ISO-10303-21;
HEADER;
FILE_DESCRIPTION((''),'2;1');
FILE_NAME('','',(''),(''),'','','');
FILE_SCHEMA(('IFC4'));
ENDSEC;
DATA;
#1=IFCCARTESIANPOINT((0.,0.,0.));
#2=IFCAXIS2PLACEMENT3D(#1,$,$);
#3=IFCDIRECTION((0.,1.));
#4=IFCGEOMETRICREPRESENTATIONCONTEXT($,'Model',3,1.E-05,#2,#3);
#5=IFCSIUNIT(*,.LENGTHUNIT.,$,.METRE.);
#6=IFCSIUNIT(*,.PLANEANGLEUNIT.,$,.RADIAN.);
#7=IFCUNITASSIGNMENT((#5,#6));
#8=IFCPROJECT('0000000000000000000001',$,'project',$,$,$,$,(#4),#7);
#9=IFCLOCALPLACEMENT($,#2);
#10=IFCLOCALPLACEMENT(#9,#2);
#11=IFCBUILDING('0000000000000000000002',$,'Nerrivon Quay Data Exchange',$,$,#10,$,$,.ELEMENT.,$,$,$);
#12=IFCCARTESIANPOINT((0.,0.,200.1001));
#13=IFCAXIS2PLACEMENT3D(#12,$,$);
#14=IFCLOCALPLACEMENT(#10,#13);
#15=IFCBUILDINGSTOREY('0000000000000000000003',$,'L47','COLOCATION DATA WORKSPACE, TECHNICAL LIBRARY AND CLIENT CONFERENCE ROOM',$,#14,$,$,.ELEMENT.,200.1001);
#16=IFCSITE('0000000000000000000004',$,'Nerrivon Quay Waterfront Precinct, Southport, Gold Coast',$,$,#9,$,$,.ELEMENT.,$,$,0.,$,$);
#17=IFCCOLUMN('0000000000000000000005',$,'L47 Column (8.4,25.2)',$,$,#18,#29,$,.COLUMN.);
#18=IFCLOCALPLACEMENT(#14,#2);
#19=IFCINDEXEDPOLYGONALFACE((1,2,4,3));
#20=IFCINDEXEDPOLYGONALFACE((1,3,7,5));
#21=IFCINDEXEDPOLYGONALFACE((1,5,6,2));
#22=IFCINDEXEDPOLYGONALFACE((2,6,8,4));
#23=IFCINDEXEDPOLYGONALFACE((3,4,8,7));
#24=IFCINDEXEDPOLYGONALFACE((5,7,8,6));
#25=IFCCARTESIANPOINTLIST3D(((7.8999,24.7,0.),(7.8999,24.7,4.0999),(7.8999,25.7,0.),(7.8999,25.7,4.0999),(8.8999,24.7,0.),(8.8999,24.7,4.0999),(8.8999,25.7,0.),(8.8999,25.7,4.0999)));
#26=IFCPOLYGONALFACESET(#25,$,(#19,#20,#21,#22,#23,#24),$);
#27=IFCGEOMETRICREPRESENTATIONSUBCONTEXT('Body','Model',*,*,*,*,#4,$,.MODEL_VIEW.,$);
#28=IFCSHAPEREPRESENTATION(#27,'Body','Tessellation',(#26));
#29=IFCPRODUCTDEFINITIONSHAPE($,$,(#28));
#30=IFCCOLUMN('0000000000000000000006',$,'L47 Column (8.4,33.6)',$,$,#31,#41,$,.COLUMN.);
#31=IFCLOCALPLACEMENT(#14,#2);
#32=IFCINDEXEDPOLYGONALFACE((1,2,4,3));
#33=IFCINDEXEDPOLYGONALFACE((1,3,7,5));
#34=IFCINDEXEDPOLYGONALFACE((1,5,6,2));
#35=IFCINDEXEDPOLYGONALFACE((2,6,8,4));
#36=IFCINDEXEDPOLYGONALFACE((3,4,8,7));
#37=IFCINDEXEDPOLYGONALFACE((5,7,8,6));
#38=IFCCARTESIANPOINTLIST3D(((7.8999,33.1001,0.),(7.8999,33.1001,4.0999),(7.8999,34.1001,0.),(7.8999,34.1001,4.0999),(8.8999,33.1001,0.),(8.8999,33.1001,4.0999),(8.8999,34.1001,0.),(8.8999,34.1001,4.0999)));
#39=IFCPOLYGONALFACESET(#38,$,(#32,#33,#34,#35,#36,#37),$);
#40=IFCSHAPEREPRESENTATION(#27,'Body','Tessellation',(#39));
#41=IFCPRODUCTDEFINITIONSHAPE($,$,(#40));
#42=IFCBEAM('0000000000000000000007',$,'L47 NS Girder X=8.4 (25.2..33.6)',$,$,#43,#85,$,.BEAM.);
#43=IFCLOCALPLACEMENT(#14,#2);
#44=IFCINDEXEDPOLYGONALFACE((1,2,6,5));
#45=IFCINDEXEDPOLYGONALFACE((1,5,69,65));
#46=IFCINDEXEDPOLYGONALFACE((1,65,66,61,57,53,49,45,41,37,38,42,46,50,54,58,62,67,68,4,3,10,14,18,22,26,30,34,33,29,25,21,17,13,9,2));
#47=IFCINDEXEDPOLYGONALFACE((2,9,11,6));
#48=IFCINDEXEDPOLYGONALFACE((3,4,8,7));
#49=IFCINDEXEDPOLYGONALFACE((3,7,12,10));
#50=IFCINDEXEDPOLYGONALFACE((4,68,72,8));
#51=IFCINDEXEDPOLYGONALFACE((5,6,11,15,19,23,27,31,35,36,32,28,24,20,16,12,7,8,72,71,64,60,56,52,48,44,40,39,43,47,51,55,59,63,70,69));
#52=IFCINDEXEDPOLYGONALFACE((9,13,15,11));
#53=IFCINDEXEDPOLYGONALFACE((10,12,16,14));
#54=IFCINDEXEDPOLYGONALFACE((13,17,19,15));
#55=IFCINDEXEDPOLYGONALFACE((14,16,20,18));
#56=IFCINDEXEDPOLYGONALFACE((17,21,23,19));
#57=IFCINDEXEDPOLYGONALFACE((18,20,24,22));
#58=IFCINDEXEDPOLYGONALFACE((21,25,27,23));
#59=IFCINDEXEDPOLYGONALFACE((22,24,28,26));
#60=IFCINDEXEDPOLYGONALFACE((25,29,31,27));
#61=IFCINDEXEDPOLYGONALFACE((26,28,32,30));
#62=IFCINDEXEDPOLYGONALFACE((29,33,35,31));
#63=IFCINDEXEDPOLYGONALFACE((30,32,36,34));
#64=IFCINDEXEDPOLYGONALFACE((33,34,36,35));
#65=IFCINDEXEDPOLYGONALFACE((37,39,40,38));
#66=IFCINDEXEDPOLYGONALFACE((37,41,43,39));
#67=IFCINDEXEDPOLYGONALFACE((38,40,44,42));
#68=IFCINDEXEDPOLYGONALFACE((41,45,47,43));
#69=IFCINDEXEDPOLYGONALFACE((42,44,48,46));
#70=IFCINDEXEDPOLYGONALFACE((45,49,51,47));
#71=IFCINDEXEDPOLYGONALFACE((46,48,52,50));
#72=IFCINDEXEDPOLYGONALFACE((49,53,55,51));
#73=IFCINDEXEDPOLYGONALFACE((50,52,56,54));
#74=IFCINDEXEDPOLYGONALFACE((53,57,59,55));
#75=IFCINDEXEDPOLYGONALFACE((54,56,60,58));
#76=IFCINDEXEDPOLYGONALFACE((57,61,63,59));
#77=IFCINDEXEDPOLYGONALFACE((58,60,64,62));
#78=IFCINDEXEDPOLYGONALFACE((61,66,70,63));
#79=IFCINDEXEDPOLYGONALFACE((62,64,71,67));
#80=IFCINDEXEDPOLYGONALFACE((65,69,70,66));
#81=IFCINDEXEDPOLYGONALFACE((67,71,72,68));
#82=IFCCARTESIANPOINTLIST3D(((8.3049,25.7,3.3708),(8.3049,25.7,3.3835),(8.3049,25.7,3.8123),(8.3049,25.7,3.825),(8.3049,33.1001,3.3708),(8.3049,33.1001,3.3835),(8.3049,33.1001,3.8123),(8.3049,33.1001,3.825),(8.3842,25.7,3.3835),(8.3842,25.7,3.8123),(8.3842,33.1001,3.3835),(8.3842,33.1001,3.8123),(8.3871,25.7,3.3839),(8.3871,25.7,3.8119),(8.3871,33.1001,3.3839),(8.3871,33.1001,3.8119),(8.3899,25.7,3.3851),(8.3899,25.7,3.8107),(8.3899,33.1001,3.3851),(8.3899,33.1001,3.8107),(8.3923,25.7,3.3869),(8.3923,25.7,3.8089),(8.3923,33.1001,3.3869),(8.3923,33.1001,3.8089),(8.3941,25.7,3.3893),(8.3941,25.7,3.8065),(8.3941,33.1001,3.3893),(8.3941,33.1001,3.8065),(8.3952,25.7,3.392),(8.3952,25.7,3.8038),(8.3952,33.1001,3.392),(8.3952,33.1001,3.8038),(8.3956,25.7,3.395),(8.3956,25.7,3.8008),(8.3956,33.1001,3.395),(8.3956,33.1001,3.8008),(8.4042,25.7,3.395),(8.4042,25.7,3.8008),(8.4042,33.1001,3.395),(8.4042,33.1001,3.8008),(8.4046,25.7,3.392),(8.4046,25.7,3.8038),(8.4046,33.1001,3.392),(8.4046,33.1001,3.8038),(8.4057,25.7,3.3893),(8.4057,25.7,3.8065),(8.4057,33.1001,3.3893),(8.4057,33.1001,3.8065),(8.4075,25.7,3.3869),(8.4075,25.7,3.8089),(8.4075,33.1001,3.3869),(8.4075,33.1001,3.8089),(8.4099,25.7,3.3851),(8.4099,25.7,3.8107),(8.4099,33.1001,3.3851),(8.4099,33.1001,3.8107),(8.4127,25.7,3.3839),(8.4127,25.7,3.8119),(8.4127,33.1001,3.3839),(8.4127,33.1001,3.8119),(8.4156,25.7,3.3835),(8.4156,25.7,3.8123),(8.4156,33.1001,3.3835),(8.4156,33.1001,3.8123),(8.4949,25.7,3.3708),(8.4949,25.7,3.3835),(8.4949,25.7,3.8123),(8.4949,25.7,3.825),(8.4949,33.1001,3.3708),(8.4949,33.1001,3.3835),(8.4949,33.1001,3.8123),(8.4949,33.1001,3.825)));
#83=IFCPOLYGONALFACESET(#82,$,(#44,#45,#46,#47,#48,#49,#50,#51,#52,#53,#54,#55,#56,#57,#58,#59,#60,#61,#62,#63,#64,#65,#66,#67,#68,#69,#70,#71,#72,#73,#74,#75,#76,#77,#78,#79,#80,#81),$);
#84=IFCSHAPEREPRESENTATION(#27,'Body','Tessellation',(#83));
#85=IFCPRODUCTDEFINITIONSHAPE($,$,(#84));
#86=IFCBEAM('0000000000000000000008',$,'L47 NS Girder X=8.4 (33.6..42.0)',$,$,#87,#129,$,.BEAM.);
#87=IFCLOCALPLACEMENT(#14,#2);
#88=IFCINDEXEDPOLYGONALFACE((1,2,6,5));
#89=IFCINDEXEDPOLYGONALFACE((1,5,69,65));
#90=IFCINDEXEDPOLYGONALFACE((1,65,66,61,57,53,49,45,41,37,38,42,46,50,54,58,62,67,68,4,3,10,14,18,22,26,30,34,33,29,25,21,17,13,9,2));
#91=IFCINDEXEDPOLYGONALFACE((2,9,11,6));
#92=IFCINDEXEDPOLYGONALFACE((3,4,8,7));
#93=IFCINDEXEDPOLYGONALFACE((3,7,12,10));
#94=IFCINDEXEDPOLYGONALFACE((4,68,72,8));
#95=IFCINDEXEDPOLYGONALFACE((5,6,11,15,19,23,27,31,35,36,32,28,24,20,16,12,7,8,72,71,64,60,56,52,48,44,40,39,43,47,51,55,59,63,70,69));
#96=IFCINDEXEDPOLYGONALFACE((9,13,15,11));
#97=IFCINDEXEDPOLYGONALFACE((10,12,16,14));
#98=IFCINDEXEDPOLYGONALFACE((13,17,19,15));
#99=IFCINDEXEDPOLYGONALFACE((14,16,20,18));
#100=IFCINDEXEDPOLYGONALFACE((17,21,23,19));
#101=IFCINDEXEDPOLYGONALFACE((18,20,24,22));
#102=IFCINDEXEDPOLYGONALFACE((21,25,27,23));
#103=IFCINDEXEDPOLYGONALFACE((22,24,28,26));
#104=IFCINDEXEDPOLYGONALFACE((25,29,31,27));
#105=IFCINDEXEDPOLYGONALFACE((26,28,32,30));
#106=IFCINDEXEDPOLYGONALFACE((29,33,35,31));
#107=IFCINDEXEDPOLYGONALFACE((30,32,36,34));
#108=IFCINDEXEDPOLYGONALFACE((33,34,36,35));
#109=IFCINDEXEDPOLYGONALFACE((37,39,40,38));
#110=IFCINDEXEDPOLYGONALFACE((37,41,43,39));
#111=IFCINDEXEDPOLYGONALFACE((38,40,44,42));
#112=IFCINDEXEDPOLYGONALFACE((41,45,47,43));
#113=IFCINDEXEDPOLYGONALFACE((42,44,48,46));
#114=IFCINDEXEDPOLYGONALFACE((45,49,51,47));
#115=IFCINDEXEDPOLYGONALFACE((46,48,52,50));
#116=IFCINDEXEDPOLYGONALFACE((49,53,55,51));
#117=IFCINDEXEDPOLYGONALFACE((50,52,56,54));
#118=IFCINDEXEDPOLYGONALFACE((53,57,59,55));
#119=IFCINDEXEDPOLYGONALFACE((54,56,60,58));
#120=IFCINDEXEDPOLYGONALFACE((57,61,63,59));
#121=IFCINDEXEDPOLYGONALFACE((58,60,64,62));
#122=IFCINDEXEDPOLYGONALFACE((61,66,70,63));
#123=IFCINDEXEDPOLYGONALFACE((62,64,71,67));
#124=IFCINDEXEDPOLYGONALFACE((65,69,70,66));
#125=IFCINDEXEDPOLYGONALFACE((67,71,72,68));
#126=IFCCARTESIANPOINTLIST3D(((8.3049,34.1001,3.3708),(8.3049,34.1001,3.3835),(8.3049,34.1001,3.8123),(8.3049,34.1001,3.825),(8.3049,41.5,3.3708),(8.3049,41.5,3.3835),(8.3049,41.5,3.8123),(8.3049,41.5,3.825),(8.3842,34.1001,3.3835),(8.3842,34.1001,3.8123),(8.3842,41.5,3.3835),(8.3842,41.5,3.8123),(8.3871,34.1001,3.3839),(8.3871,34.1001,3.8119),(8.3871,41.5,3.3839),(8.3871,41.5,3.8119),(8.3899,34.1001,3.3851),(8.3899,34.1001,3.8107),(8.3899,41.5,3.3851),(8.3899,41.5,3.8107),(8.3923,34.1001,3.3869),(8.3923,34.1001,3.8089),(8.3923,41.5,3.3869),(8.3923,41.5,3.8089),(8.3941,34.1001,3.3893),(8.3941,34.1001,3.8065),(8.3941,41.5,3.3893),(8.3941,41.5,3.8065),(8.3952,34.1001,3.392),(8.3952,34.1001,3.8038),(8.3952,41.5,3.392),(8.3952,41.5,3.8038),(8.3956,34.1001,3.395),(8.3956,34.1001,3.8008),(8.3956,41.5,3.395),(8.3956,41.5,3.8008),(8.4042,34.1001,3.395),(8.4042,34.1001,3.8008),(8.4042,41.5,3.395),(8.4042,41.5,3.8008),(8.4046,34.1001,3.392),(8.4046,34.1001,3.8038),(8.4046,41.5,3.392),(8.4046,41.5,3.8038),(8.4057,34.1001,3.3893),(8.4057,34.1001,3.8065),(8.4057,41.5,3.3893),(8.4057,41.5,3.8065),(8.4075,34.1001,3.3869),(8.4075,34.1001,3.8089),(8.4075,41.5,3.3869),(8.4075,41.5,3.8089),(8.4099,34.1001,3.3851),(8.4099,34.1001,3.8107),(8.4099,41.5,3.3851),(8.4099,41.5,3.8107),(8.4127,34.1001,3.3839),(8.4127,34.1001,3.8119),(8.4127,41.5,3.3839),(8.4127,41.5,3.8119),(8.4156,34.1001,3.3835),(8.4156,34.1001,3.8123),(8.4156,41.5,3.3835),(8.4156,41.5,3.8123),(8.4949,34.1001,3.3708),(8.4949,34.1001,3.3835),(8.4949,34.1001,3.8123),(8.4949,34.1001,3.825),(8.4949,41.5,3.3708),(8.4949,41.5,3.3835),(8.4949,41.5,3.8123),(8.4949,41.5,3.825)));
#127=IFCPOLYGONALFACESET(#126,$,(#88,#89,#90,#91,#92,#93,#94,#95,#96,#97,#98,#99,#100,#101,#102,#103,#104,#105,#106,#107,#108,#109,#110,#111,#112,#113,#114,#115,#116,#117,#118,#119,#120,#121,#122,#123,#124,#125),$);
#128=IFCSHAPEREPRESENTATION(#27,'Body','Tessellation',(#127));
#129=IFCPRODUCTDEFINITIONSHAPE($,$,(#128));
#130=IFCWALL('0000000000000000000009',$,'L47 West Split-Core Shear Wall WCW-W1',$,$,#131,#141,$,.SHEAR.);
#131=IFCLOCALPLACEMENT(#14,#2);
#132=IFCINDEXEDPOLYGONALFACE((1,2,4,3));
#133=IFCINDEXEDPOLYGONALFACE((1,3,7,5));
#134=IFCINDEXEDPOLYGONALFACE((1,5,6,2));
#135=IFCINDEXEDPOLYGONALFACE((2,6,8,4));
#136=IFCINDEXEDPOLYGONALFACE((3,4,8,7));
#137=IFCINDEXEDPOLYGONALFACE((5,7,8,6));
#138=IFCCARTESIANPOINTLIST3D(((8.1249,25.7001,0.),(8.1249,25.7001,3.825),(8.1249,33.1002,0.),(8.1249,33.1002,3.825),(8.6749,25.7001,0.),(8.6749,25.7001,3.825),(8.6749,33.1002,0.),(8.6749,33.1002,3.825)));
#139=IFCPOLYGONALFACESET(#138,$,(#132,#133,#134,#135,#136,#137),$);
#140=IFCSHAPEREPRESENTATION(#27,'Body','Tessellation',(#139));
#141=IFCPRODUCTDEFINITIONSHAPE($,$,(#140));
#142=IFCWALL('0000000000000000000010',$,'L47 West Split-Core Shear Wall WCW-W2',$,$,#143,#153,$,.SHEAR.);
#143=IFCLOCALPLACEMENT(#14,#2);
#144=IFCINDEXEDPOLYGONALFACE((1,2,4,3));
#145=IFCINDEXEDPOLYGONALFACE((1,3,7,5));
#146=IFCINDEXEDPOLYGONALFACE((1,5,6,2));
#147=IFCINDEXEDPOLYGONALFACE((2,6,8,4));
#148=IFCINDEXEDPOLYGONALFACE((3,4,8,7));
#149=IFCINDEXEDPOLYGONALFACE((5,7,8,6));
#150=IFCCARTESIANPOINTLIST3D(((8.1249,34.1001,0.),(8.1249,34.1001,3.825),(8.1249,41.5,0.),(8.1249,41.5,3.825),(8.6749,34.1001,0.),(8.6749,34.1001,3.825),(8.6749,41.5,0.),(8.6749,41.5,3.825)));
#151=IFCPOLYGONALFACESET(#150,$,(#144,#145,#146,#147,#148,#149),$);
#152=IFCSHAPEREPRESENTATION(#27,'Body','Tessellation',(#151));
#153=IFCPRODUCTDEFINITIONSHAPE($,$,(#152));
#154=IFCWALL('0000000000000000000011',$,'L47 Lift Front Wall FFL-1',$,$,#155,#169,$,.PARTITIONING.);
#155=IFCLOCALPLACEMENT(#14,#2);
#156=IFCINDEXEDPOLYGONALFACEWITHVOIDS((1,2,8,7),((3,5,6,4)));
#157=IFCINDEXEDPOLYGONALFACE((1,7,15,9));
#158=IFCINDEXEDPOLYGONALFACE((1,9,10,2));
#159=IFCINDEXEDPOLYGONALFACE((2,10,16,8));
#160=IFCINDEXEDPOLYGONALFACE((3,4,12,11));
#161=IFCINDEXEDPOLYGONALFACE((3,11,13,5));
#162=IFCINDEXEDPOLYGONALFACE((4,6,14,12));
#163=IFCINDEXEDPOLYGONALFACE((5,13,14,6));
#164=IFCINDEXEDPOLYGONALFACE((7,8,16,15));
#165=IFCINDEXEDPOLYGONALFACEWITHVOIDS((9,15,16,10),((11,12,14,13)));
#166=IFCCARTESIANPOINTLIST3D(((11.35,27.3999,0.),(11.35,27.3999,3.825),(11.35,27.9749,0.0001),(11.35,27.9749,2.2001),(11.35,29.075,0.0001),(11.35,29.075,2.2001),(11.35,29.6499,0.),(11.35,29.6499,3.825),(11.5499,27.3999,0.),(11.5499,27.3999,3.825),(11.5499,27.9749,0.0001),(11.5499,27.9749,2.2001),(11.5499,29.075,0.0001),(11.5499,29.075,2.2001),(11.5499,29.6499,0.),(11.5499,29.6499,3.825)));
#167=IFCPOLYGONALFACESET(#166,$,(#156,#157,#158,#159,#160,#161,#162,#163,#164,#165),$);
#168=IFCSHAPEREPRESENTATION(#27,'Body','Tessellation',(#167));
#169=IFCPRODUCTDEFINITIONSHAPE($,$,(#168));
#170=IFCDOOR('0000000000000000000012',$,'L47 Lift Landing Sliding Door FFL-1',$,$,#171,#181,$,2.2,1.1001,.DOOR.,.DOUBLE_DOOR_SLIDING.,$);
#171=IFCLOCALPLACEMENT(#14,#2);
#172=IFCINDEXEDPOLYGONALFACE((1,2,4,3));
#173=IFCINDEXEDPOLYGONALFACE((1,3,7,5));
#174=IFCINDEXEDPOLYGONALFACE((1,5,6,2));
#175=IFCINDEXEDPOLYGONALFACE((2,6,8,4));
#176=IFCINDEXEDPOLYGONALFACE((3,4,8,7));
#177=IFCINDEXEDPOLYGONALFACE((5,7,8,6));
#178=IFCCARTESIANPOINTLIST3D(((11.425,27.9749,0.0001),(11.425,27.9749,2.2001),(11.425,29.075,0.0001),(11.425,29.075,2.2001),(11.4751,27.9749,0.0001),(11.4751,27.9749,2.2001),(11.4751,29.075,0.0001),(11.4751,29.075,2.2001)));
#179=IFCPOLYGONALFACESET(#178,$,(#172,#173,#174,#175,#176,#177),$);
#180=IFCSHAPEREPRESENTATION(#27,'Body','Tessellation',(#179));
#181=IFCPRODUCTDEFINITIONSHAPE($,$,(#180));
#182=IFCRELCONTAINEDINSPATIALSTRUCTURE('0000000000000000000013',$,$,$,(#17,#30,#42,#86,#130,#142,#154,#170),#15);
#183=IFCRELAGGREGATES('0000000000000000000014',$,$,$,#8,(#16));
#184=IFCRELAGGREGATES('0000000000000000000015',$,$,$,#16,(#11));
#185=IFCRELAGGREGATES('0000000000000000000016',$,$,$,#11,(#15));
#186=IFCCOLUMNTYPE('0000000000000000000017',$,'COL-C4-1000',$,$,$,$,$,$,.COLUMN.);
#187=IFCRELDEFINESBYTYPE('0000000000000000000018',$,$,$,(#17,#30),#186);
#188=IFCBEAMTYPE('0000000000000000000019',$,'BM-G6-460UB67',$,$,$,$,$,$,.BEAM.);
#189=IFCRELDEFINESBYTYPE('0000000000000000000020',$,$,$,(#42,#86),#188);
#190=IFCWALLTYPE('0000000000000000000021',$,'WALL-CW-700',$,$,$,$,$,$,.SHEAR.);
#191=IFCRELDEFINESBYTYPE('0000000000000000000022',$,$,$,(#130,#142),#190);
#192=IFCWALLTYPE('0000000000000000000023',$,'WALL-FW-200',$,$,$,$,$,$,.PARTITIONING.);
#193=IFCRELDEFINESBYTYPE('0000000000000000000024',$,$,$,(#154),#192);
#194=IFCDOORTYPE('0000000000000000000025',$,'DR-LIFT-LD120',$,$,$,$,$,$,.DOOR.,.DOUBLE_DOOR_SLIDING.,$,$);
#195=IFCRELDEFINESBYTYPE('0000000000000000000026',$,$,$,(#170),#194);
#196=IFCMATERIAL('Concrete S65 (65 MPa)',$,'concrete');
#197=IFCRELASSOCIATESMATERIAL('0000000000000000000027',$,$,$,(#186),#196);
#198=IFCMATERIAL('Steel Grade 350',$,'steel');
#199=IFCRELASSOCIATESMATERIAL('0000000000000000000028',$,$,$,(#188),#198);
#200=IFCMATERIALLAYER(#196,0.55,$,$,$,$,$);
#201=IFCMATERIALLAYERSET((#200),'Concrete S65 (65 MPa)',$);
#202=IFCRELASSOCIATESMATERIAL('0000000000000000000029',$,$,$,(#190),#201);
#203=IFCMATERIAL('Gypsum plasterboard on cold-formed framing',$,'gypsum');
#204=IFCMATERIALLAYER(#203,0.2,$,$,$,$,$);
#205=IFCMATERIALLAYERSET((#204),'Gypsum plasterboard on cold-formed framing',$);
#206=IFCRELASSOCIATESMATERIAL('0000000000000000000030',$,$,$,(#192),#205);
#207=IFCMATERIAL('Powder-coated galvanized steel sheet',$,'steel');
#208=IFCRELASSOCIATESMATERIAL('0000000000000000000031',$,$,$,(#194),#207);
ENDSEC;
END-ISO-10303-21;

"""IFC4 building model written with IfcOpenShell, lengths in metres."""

from ifc_helpers import new_model, si_unit, direction, frame, frame_2d, origin, origin_2d, place, context, subcontext, project, spatial, rectangle, i_section, extrude, material, layer, layer_set, material_profile, profile_set, type_object, element, fill, save


model = new_model("IFC4")

# Units and contexts
model_context = context("Model", 3, precision=1e-05, world=origin(), true_north=direction((0.0, 1.0)))
body_context = subcontext(model_context, "Body", "Model", "MODEL_VIEW")
ifc_project = project(units=[si_unit("LENGTHUNIT", "METRE"), si_unit("PLANEANGLEUNIT", "RADIAN")], contexts=[model_context])

# Site, building, storey
site_placement = place(None, origin())
site = spatial("IfcSite", under=ifc_project, at=site_placement, Name="Nerrivon Quay Waterfront Precinct, Southport, Gold Coast", CompositionType="ELEMENT", RefElevation=0.0)
building_placement = place(site_placement, origin())
building = spatial("IfcBuilding", under=site, at=building_placement, Name="Nerrivon Quay Data Exchange", CompositionType="ELEMENT")
storey_placement = place(building_placement, frame((0.0, 0.0, 200.1001)))
storey = spatial("IfcBuildingStorey", under=building, at=storey_placement, Name="L47", Description="COLOCATION DATA WORKSPACE, TECHNICAL LIBRARY AND CLIENT CONFERENCE ROOM", CompositionType="ELEMENT", Elevation=200.1001)

# Columns
ifc_material_1 = material(Name="Concrete S65 (65 MPa)", Category="concrete")
ifc_material_profile_1 = material_profile(ifc_material_1, rectangle(XDim=1.0, YDim=1.0, at=origin_2d()), Name="RC-COL-1000x1000")
ifc_profile_set_1 = profile_set([ifc_material_profile_1], Name="Concrete S65 (65 MPa)")
column_type = type_object("IfcColumnType", Name="COL-C4-1000", PredefinedType="COLUMN", material=ifc_profile_set_1)
for number, where, z_axis, x_axis, name in (
    (1, (8.3999, 25.2, 0.0), (0.0, 0.0, 1.0), (1.0, 0.0, 0.0), "L47 Column (8.4,25.2)"),
    (2, (8.3999, 33.6001, 0.0), (0.0, 0.0, 1.0), (1.0, 0.0, 0.0), "L47 Column (8.4,33.6)"),
):
    element("IfcColumn", number, at=place(storey_placement, frame(where, z_axis=z_axis, x_axis=x_axis)), inside=storey, type_object=column_type, Name=name, PredefinedType="COLUMN", context=body_context, shape_type="SweptSolid", body=[
        extrude(rectangle(XDim=1.0, YDim=1.0, at=origin_2d()), origin(), (0.0, 0.0, 1.0), 4.0999),
    ])

# Beams
ifc_material_2 = material(Name="Steel Grade 350", Category="steel")
ifc_material_profile_2 = material_profile(ifc_material_2, i_section(OverallWidth=0.1899, OverallDepth=0.4541, WebThickness=0.0085, FlangeThickness=0.0127, FilletRadius=0.0115, at=origin_2d()), Name="460UB67.1")
ifc_profile_set_2 = profile_set([ifc_material_profile_2], Name="Steel Grade 350")
beam_type = type_object("IfcBeamType", Name="BM-G6-460UB67", PredefinedType="BEAM", material=ifc_profile_set_2)
beam_1_placement = place(storey_placement, frame((8.3999, 25.7, 3.5979), z_axis=(0.0, 1.0, 0.0), x_axis=(-1.0, 0.0, 0.0)))
element("IfcBeam", 3, at=beam_1_placement, inside=storey, type_object=beam_type, Name="L47 NS Girder X=8.4 (25.2..33.6)", PredefinedType="BEAM", context=body_context, shape_type="SweptSolid", body=[
    extrude(i_section(OverallWidth=0.1899, OverallDepth=0.4541, WebThickness=0.0085, FlangeThickness=0.0127, FilletRadius=0.0115, at=origin_2d()), origin(), (0.0, 0.0, 1.0), 7.4001),
])
beam_2_placement = place(storey_placement, frame((8.3999, 34.1001, 3.5979), z_axis=(0.0, 1.0, 0.0), x_axis=(-1.0, 0.0, 0.0)))
element("IfcBeam", 4, at=beam_2_placement, inside=storey, type_object=beam_type, Name="L47 NS Girder X=8.4 (33.6..42.0)", PredefinedType="BEAM", context=body_context, shape_type="SweptSolid", body=[
    extrude(i_section(OverallWidth=0.1899, OverallDepth=0.4541, WebThickness=0.0085, FlangeThickness=0.0127, FilletRadius=0.0115, at=origin_2d()), origin(), (0.0, 0.0, 1.0), 7.3999),
])

# Walls
ifc_layer_1 = layer(ifc_material_1, 0.55)
ifc_layer_set_1 = layer_set([ifc_layer_1], Name="Concrete S65 (65 MPa)")
wall_type_1 = type_object("IfcWallType", Name="WALL-CW-700", PredefinedType="SHEAR", material=ifc_layer_set_1)
wall_1_placement = place(storey_placement, frame((8.3999, 25.7, 0.0), z_axis=(0.0, 0.0, 1.0), x_axis=(0.0, 1.0, 0.0)))
element("IfcWall", 5, at=wall_1_placement, inside=storey, type_object=wall_type_1, Name="L47 West Split-Core Shear Wall WCW-W1", PredefinedType="SHEAR", context=body_context, shape_type="SweptSolid", body=[
    extrude(rectangle(XDim=7.4001, YDim=0.55, at=frame_2d((3.7002, 0.0))), origin(), (0.0, 0.0, 1.0), 3.825),
])
wall_2_placement = place(storey_placement, frame((8.3999, 34.1001, 0.0), z_axis=(0.0, 0.0, 1.0), x_axis=(0.0, 1.0, 0.0)))
element("IfcWall", 6, at=wall_2_placement, inside=storey, type_object=wall_type_1, Name="L47 West Split-Core Shear Wall WCW-W2", PredefinedType="SHEAR", context=body_context, shape_type="SweptSolid", body=[
    extrude(rectangle(XDim=7.3999, YDim=0.55, at=frame_2d((3.7, 0.0))), origin(), (0.0, 0.0, 1.0), 3.825),
])

# Wall, opening, door
ifc_material_3 = material(Name="Powder-coated galvanized steel sheet", Category="steel")
ifc_material_4 = material(Name="Gypsum plasterboard on cold-formed framing", Category="gypsum")
ifc_layer_2 = layer(ifc_material_4, 0.2)
ifc_layer_set_2 = layer_set([ifc_layer_2], Name="Gypsum plasterboard on cold-formed framing")
wall_type_2 = type_object("IfcWallType", Name="WALL-FW-200", PredefinedType="PARTITIONING", material=ifc_layer_set_2)
wall_3_placement = place(storey_placement, frame((11.45, 27.3999, 0.0), z_axis=(0.0, 0.0, 1.0), x_axis=(0.0, 1.0, 0.0)))
wall_3 = element("IfcWall", 7, at=wall_3_placement, inside=storey, type_object=wall_type_2, Name="L47 Lift Front Wall FFL-1", PredefinedType="PARTITIONING", context=body_context, shape_type="SweptSolid", body=[
    extrude(rectangle(XDim=2.25, YDim=0.2, at=frame_2d((1.125, 0.0))), origin(), (0.0, 0.0, 1.0), 3.825),
])
opening_1_placement = place(wall_3_placement, frame((0.575, 0.0, 0.0)))
opening_1 = element("IfcOpeningElement", 8, at=opening_1_placement, cuts=wall_3, PredefinedType="OPENING", context=body_context, shape_type="SweptSolid", body=[
    extrude(rectangle(XDim=1.1001, YDim=2.2, at=frame_2d((0.55, 1.1001))), frame((0.0, 0.1099, 0.0), z_axis=(0.0, -1.0, 0.0), x_axis=(1.0, 0.0, 0.0)), (0.0, 0.0, 1.0), 0.22),
])
door_type_1 = type_object("IfcDoorType", Name="DR-LIFT-LD120", OperationType="DOUBLE_DOOR_SLIDING", PredefinedType="DOOR", material=ifc_material_3)
door_1_placement = place(opening_1_placement, origin())
door_1 = element("IfcDoor", 9, at=door_1_placement, inside=storey, type_object=door_type_1, Name="L47 Lift Landing Sliding Door FFL-1", OperationType="DOUBLE_DOOR_SLIDING", OverallHeight=2.2, OverallWidth=1.1001, PredefinedType="DOOR", context=body_context, shape_type="SweptSolid", body=[
    extrude(rectangle(XDim=1.1001, YDim=2.2, at=frame_2d((0.55, 1.1001))), frame((0.0, 0.0249, 0.0), z_axis=(0.0, -1.0, 0.0), x_axis=(1.0, 0.0, 0.0)), (0.0, 0.0, 1.0), 0.05),
])
fill(opening_1, door_1)

save(model, "model.ifc")
